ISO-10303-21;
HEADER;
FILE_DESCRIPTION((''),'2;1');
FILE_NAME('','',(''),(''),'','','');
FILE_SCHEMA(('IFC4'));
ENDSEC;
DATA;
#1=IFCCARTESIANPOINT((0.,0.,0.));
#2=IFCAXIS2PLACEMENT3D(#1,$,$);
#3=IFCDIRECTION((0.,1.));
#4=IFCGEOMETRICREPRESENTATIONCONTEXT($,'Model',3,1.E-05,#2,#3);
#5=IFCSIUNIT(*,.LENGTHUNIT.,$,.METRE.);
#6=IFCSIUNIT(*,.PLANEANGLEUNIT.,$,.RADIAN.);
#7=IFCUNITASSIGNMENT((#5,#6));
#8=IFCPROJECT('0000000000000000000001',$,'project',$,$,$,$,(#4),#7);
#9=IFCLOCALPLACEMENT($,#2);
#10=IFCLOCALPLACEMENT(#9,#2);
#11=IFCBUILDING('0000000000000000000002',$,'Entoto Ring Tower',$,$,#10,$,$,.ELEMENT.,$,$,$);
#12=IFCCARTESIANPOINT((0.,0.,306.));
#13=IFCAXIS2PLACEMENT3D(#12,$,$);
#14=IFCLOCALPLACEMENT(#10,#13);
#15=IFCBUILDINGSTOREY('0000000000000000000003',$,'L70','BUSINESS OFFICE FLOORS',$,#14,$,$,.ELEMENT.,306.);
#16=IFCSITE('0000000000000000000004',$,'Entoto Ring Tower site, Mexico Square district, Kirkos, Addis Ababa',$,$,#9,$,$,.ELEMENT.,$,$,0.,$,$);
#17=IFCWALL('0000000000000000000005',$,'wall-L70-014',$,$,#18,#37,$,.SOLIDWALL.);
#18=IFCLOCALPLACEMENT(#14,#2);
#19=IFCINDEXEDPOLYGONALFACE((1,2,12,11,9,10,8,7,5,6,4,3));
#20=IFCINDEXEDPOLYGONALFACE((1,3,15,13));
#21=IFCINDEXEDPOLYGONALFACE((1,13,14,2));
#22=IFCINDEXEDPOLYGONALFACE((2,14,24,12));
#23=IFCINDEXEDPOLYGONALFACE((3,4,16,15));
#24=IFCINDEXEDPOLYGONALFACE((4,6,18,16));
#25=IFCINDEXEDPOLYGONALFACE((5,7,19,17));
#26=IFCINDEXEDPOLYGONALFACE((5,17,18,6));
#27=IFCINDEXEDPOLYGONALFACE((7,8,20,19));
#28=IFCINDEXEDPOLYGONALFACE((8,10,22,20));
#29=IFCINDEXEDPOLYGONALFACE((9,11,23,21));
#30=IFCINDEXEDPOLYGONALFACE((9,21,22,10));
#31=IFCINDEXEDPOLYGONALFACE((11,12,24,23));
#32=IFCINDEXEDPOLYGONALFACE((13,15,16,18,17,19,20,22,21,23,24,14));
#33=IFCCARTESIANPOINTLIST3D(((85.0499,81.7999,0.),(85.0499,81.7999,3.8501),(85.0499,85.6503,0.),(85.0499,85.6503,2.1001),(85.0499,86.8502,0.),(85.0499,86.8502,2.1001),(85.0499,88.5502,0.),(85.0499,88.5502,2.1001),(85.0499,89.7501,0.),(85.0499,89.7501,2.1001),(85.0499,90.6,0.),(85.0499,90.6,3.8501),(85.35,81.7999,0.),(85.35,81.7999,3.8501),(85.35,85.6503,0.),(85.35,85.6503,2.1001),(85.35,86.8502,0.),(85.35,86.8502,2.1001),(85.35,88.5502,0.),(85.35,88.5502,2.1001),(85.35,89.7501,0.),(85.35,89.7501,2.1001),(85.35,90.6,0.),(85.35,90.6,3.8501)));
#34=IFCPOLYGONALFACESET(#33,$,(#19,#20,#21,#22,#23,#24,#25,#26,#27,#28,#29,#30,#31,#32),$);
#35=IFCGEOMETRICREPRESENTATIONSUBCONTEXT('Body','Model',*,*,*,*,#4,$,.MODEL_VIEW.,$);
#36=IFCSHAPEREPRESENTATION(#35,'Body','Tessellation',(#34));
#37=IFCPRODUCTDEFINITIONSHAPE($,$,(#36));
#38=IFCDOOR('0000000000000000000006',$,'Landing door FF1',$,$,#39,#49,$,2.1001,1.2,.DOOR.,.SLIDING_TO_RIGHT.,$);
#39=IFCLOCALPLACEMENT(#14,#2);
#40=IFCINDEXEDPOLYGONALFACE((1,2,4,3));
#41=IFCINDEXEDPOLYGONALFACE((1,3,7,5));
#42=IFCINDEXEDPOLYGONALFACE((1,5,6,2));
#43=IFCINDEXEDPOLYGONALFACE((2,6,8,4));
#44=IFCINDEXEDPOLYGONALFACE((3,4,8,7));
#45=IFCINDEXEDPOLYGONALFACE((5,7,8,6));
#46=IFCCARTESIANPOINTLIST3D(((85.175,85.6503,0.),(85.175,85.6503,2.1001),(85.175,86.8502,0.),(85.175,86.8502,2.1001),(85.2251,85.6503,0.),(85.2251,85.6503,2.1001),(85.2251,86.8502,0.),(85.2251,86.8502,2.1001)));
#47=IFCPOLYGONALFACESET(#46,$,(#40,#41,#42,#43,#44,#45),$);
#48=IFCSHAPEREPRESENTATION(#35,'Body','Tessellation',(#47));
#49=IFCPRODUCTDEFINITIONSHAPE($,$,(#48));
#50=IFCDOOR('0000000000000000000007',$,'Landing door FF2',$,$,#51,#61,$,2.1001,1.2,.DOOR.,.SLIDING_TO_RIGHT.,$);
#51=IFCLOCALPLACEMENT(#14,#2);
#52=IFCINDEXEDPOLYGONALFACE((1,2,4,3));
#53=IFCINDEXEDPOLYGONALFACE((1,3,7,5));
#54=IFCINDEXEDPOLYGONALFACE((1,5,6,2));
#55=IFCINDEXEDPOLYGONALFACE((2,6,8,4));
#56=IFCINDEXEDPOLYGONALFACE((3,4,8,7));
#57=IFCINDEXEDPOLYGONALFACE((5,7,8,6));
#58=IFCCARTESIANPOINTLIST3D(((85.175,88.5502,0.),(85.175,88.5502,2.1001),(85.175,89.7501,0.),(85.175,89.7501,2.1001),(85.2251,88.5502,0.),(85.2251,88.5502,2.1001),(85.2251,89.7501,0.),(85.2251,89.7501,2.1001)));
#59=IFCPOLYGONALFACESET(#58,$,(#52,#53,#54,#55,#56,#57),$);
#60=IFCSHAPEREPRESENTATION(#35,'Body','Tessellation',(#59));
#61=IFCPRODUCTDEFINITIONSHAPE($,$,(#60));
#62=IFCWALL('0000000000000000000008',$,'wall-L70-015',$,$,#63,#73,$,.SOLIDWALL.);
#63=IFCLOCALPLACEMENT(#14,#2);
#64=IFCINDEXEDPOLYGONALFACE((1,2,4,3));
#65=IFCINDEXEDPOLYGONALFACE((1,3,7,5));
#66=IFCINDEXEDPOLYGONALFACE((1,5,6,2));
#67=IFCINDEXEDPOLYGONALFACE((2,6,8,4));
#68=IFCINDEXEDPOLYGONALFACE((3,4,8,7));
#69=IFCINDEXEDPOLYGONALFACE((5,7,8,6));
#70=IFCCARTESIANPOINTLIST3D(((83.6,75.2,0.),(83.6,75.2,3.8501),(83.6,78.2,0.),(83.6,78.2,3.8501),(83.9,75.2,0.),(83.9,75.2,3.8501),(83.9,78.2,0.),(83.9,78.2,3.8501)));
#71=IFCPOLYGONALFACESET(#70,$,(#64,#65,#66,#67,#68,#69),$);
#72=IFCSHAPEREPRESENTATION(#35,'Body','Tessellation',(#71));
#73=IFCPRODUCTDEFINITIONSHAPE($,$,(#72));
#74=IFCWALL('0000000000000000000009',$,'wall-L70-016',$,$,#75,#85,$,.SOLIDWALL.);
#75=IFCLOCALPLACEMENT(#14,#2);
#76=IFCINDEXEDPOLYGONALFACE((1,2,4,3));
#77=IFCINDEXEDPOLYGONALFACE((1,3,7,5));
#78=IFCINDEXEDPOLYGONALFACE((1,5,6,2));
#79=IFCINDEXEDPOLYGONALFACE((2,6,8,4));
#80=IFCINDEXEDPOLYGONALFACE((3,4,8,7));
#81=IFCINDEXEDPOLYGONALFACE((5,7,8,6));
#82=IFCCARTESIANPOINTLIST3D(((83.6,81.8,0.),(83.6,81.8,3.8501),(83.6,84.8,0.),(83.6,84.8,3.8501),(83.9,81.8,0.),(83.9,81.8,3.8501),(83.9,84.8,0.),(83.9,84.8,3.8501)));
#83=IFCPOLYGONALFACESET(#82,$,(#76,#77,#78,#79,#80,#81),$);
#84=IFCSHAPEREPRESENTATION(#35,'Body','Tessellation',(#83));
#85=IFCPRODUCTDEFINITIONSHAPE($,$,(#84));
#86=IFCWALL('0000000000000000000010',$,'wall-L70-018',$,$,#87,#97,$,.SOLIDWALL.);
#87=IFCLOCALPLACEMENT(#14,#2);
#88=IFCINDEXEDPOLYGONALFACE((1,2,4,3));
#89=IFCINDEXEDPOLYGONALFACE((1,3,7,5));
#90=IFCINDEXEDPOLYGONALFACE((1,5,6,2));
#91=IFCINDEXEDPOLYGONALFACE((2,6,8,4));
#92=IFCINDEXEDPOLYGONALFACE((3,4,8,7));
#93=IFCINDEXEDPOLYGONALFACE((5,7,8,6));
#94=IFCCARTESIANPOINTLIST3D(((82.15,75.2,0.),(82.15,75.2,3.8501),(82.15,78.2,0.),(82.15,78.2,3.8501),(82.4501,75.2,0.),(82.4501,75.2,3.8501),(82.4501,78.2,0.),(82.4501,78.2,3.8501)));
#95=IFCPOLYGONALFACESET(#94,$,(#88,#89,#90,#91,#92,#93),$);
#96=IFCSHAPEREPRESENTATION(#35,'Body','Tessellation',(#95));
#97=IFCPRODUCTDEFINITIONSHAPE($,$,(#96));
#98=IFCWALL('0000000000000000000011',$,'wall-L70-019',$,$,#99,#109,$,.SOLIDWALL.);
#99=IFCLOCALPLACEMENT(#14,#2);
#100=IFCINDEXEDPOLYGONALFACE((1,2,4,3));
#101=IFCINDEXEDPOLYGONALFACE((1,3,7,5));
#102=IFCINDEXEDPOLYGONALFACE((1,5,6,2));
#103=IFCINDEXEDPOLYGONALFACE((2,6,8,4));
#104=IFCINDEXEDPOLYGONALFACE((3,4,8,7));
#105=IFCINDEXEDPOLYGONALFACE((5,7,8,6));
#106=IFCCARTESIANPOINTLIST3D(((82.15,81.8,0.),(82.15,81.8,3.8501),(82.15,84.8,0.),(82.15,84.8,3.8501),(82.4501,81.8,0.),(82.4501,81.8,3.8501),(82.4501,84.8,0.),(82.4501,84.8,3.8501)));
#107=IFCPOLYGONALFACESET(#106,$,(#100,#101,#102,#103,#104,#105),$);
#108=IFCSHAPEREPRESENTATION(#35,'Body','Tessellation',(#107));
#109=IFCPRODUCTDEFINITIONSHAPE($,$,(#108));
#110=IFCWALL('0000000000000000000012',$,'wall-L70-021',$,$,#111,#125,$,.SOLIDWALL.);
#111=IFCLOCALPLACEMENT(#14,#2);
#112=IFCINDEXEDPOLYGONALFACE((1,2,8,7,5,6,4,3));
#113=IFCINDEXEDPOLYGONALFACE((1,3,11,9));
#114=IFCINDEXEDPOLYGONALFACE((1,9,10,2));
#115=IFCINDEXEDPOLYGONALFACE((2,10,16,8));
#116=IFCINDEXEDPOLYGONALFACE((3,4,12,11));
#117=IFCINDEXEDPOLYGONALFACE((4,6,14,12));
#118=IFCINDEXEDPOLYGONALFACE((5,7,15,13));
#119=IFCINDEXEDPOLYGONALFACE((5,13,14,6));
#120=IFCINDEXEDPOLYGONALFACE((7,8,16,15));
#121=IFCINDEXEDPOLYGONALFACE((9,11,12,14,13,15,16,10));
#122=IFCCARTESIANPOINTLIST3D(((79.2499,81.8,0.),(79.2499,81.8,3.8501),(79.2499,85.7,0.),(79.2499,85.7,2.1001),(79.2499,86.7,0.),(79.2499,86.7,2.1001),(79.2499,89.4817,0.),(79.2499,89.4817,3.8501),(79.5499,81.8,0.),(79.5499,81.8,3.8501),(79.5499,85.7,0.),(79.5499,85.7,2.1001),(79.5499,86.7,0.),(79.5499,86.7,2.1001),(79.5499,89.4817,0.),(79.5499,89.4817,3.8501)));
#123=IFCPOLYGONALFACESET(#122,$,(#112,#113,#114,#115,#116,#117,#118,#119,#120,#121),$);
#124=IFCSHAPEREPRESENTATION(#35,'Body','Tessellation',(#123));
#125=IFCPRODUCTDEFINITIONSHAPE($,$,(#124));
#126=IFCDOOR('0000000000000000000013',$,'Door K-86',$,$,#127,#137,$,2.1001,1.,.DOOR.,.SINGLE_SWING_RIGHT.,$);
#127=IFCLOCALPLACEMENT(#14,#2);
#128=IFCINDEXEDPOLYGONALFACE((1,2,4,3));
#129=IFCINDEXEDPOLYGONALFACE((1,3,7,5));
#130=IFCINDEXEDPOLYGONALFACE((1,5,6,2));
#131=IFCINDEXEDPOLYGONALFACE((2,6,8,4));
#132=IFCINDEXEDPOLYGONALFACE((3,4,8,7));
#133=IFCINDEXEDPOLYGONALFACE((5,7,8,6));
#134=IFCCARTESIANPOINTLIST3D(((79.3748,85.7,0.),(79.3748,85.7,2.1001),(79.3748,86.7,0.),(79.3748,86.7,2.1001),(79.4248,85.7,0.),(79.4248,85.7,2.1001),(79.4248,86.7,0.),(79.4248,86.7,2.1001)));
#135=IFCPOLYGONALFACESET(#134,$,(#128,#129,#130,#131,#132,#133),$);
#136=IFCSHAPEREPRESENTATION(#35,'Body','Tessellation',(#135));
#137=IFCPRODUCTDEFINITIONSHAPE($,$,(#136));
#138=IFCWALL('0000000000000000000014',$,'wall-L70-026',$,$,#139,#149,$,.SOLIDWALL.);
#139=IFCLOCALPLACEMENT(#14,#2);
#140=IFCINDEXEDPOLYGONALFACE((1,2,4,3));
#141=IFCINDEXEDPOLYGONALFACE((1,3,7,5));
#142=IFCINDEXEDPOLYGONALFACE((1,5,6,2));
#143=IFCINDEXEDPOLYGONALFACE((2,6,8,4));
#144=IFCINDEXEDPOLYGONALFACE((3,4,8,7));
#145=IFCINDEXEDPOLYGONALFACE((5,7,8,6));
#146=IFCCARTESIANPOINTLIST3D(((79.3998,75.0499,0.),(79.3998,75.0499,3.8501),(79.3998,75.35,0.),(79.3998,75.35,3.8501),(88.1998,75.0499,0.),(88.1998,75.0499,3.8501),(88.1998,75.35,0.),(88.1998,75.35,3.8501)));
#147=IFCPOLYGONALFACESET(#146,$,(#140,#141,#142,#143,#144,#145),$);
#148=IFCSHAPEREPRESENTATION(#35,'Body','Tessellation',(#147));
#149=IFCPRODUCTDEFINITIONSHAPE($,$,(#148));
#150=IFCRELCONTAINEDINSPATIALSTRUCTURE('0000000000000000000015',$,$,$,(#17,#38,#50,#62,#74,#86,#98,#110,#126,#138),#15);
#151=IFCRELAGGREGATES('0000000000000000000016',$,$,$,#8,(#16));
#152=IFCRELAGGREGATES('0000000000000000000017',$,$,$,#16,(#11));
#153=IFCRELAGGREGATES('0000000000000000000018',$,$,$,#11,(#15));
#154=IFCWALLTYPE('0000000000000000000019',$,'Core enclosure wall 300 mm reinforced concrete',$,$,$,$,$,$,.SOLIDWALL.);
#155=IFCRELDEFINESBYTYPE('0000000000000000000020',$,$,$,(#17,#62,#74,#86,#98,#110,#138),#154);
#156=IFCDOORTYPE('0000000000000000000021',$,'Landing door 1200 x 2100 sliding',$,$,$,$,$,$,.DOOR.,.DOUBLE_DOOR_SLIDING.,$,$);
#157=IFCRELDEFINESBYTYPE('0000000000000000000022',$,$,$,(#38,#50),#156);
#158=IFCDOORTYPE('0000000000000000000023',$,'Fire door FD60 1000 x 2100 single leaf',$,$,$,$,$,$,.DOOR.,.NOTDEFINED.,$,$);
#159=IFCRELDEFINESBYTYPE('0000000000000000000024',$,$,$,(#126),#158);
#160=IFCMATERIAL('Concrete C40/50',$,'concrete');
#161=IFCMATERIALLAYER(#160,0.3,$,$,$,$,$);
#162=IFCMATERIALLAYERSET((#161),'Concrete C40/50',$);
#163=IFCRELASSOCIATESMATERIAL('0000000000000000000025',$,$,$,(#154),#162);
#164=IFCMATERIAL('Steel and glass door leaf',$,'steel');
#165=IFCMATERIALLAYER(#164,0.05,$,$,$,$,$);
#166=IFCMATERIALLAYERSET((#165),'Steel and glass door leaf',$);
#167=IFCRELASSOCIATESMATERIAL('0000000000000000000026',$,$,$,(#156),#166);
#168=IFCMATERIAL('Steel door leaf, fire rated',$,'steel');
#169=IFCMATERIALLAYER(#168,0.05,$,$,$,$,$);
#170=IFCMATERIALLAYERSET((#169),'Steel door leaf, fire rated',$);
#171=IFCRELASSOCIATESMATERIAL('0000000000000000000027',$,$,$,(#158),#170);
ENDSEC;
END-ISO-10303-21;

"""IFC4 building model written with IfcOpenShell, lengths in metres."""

from ifc_helpers import new_model, si_unit, direction, frame, frame_2d, origin, place, context, subcontext, project, spatial, rectangle, extrude, material, layer, layer_set, type_object, element, fill, save


model = new_model("IFC4")

# Units and contexts
model_context = context("Model", 3, precision=1e-05, world=origin(), true_north=direction((0.0, 1.0)))
body_context = subcontext(model_context, "Body", "Model", "MODEL_VIEW")
ifc_project = project(units=[si_unit("LENGTHUNIT", "METRE"), si_unit("PLANEANGLEUNIT", "RADIAN")], contexts=[model_context])

# Site, building, storey
site_placement = place(None, origin())
site = spatial("IfcSite", under=ifc_project, at=site_placement, Name="Entoto Ring Tower site, Mexico Square district, Kirkos, Addis Ababa", CompositionType="ELEMENT", RefElevation=0.0)
building_placement = place(site_placement, origin())
building = spatial("IfcBuilding", under=site, at=building_placement, Name="Entoto Ring Tower", CompositionType="ELEMENT")
storey_placement = place(building_placement, frame((0.0, 0.0, 306.0)))
storey = spatial("IfcBuildingStorey", under=building, at=storey_placement, Name="L70", Description="BUSINESS OFFICE FLOORS", CompositionType="ELEMENT", Elevation=306.0)

# Wall, openings, doors
ifc_material_1 = material(Name="Concrete C40/50", Category="concrete")
ifc_layer_1 = layer(ifc_material_1, 0.3)
ifc_layer_set_1 = layer_set([ifc_layer_1], Name="Concrete C40/50")
wall_type_1 = type_object("IfcWallType", Name="Core enclosure wall 300 mm reinforced concrete", PredefinedType="SOLIDWALL", material=ifc_layer_set_1)
wall_1_placement = place(storey_placement, frame((85.2, 81.8, 0.0), z_axis=(0.0, 0.0, 1.0), x_axis=(0.0, 1.0, 0.0)))
wall_1 = element("IfcWall", 1, at=wall_1_placement, inside=storey, type_object=wall_type_1, Name="wall-L70-014", PredefinedType="SOLIDWALL", context=body_context, shape_type="SweptSolid", body=[
    extrude(rectangle(XDim=8.8, YDim=0.3, at=frame_2d((4.3999, 0.0))), origin(), (0.0, 0.0, 1.0), 3.8501),
])
opening_1_placement = place(wall_1_placement, frame((3.8501, 0.0, 0.0)))
opening_1 = element("IfcOpeningElement", 2, at=opening_1_placement, cuts=wall_1, PredefinedType="OPENING", context=body_context, shape_type="SweptSolid", body=[
    extrude(rectangle(XDim=1.2, YDim=2.1001, at=frame_2d((0.6001, 1.05))), frame((0.0, 0.1602, 0.0), z_axis=(0.0, -1.0, 0.0), x_axis=(1.0, 0.0, 0.0)), (0.0, 0.0, 1.0), 0.3201),
])
opening_2_placement = place(wall_1_placement, frame((6.75, 0.0, 0.0)))
opening_2 = element("IfcOpeningElement", 3, at=opening_2_placement, cuts=wall_1, PredefinedType="OPENING", context=body_context, shape_type="SweptSolid", body=[
    extrude(rectangle(XDim=1.2, YDim=2.1001, at=frame_2d((0.6001, 1.05))), frame((0.0, 0.1602, 0.0), z_axis=(0.0, -1.0, 0.0), x_axis=(1.0, 0.0, 0.0)), (0.0, 0.0, 1.0), 0.3201),
])
ifc_material_2 = material(Name="Steel and glass door leaf", Category="steel")
ifc_layer_2 = layer(ifc_material_2, 0.05)
ifc_layer_set_2 = layer_set([ifc_layer_2], Name="Steel and glass door leaf")
door_type_1 = type_object("IfcDoorType", Name="Landing door 1200 x 2100 sliding", OperationType="DOUBLE_DOOR_SLIDING", PredefinedType="DOOR", material=ifc_layer_set_2)
door_1_placement = place(opening_1_placement, origin())
door_1 = element("IfcDoor", 4, at=door_1_placement, inside=storey, type_object=door_type_1, Name="Landing door FF1", OperationType="SLIDING_TO_RIGHT", OverallHeight=2.1001, OverallWidth=1.2, PredefinedType="DOOR", context=body_context, shape_type="SweptSolid", body=[
    extrude(rectangle(XDim=1.2, YDim=2.1001, at=frame_2d((0.6001, 1.05))), frame((0.0, 0.0249, 0.0), z_axis=(0.0, -1.0, 0.0), x_axis=(1.0, 0.0, 0.0)), (0.0, 0.0, 1.0), 0.05),
])
fill(opening_1, door_1)
door_2_placement = place(opening_2_placement, origin())
door_2 = element("IfcDoor", 5, at=door_2_placement, inside=storey, type_object=door_type_1, Name="Landing door FF2", OperationType="SLIDING_TO_RIGHT", OverallHeight=2.1001, OverallWidth=1.2, PredefinedType="DOOR", context=body_context, shape_type="SweptSolid", body=[
    extrude(rectangle(XDim=1.2, YDim=2.1001, at=frame_2d((0.6001, 1.05))), frame((0.0, 0.0249, 0.0), z_axis=(0.0, -1.0, 0.0), x_axis=(1.0, 0.0, 0.0)), (0.0, 0.0, 1.0), 0.05),
])
fill(opening_2, door_2)

# Walls
for number, where, z_axis, x_axis, name in (
    (6, (83.75, 75.2, 0.0), (0.0, 0.0, 1.0), (0.0, 1.0, 0.0), "wall-L70-015"),
    (7, (83.75, 81.8, 0.0), (0.0, 0.0, 1.0), (0.0, 1.0, 0.0), "wall-L70-016"),
    (8, (82.3, 75.2, 0.0), (0.0, 0.0, 1.0), (0.0, 1.0, 0.0), "wall-L70-018"),
    (9, (82.3, 81.8, 0.0), (0.0, 0.0, 1.0), (0.0, 1.0, 0.0), "wall-L70-019"),
):
    element("IfcWall", number, at=place(storey_placement, frame(where, z_axis=z_axis, x_axis=x_axis)), inside=storey, type_object=wall_type_1, Name=name, PredefinedType="SOLIDWALL", context=body_context, shape_type="SweptSolid", body=[
        extrude(rectangle(XDim=3.0, YDim=0.3, at=frame_2d((1.5, 0.0))), origin(), (0.0, 0.0, 1.0), 3.8501),
    ])

# Wall, opening, door
wall_2_placement = place(storey_placement, frame((79.3999, 81.8, 0.0), z_axis=(0.0, 0.0, 1.0), x_axis=(0.0, 1.0, 0.0)))
wall_2 = element("IfcWall", 10, at=wall_2_placement, inside=storey, type_object=wall_type_1, Name="wall-L70-021", PredefinedType="SOLIDWALL", context=body_context, shape_type="SweptSolid", body=[
    extrude(rectangle(XDim=7.6816, YDim=0.3, at=frame_2d((3.8408, 0.0))), origin(), (0.0, 0.0, 1.0), 3.8501),
])
opening_3_placement = place(wall_2_placement, frame((3.8999, 0.0, 0.0)))
opening_3 = element("IfcOpeningElement", 11, at=opening_3_placement, cuts=wall_2, PredefinedType="OPENING", context=body_context, shape_type="SweptSolid", body=[
    extrude(rectangle(XDim=1.0, YDim=2.1001, at=frame_2d((0.5, 1.05))), frame((0.0, 0.1602, 0.0), z_axis=(0.0, -1.0, 0.0), x_axis=(1.0, 0.0, 0.0)), (0.0, 0.0, 1.0), 0.3201),
])
ifc_material_3 = material(Name="Steel door leaf, fire rated", Category="steel")
ifc_layer_3 = layer(ifc_material_3, 0.05)
ifc_layer_set_3 = layer_set([ifc_layer_3], Name="Steel door leaf, fire rated")
door_type_2 = type_object("IfcDoorType", Name="Fire door FD60 1000 x 2100 single leaf", OperationType="NOTDEFINED", PredefinedType="DOOR", material=ifc_layer_set_3)
door_3_placement = place(opening_3_placement, frame((1.0, 0.0, 0.0), z_axis=(0.0, 0.0, 1.0), x_axis=(-1.0, 0.0, 0.0)))
door_3 = element("IfcDoor", 12, at=door_3_placement, inside=storey, type_object=door_type_2, Name="Door K-86", OperationType="SINGLE_SWING_RIGHT", OverallHeight=2.1001, OverallWidth=1.0, PredefinedType="DOOR", context=body_context, shape_type="SweptSolid", body=[
    extrude(rectangle(XDim=1.0, YDim=2.1001, at=frame_2d((0.5, 1.05))), frame((0.0, 0.0249, 0.0), z_axis=(0.0, -1.0, 0.0), x_axis=(1.0, 0.0, 0.0)), (0.0, 0.0, 1.0), 0.05),
])
fill(opening_3, door_3)

# Wall
wall_3_placement = place(storey_placement, frame((79.3999, 75.2, 0.0), z_axis=(0.0, 0.0, 1.0), x_axis=(1.0, 0.0, 0.0)))
element("IfcWall", 13, at=wall_3_placement, inside=storey, type_object=wall_type_1, Name="wall-L70-026", PredefinedType="SOLIDWALL", context=body_context, shape_type="SweptSolid", body=[
    extrude(rectangle(XDim=8.8, YDim=0.3, at=frame_2d((4.3999, 0.0))), origin(), (0.0, 0.0, 1.0), 3.8501),
])

save(model, "model.ifc")
